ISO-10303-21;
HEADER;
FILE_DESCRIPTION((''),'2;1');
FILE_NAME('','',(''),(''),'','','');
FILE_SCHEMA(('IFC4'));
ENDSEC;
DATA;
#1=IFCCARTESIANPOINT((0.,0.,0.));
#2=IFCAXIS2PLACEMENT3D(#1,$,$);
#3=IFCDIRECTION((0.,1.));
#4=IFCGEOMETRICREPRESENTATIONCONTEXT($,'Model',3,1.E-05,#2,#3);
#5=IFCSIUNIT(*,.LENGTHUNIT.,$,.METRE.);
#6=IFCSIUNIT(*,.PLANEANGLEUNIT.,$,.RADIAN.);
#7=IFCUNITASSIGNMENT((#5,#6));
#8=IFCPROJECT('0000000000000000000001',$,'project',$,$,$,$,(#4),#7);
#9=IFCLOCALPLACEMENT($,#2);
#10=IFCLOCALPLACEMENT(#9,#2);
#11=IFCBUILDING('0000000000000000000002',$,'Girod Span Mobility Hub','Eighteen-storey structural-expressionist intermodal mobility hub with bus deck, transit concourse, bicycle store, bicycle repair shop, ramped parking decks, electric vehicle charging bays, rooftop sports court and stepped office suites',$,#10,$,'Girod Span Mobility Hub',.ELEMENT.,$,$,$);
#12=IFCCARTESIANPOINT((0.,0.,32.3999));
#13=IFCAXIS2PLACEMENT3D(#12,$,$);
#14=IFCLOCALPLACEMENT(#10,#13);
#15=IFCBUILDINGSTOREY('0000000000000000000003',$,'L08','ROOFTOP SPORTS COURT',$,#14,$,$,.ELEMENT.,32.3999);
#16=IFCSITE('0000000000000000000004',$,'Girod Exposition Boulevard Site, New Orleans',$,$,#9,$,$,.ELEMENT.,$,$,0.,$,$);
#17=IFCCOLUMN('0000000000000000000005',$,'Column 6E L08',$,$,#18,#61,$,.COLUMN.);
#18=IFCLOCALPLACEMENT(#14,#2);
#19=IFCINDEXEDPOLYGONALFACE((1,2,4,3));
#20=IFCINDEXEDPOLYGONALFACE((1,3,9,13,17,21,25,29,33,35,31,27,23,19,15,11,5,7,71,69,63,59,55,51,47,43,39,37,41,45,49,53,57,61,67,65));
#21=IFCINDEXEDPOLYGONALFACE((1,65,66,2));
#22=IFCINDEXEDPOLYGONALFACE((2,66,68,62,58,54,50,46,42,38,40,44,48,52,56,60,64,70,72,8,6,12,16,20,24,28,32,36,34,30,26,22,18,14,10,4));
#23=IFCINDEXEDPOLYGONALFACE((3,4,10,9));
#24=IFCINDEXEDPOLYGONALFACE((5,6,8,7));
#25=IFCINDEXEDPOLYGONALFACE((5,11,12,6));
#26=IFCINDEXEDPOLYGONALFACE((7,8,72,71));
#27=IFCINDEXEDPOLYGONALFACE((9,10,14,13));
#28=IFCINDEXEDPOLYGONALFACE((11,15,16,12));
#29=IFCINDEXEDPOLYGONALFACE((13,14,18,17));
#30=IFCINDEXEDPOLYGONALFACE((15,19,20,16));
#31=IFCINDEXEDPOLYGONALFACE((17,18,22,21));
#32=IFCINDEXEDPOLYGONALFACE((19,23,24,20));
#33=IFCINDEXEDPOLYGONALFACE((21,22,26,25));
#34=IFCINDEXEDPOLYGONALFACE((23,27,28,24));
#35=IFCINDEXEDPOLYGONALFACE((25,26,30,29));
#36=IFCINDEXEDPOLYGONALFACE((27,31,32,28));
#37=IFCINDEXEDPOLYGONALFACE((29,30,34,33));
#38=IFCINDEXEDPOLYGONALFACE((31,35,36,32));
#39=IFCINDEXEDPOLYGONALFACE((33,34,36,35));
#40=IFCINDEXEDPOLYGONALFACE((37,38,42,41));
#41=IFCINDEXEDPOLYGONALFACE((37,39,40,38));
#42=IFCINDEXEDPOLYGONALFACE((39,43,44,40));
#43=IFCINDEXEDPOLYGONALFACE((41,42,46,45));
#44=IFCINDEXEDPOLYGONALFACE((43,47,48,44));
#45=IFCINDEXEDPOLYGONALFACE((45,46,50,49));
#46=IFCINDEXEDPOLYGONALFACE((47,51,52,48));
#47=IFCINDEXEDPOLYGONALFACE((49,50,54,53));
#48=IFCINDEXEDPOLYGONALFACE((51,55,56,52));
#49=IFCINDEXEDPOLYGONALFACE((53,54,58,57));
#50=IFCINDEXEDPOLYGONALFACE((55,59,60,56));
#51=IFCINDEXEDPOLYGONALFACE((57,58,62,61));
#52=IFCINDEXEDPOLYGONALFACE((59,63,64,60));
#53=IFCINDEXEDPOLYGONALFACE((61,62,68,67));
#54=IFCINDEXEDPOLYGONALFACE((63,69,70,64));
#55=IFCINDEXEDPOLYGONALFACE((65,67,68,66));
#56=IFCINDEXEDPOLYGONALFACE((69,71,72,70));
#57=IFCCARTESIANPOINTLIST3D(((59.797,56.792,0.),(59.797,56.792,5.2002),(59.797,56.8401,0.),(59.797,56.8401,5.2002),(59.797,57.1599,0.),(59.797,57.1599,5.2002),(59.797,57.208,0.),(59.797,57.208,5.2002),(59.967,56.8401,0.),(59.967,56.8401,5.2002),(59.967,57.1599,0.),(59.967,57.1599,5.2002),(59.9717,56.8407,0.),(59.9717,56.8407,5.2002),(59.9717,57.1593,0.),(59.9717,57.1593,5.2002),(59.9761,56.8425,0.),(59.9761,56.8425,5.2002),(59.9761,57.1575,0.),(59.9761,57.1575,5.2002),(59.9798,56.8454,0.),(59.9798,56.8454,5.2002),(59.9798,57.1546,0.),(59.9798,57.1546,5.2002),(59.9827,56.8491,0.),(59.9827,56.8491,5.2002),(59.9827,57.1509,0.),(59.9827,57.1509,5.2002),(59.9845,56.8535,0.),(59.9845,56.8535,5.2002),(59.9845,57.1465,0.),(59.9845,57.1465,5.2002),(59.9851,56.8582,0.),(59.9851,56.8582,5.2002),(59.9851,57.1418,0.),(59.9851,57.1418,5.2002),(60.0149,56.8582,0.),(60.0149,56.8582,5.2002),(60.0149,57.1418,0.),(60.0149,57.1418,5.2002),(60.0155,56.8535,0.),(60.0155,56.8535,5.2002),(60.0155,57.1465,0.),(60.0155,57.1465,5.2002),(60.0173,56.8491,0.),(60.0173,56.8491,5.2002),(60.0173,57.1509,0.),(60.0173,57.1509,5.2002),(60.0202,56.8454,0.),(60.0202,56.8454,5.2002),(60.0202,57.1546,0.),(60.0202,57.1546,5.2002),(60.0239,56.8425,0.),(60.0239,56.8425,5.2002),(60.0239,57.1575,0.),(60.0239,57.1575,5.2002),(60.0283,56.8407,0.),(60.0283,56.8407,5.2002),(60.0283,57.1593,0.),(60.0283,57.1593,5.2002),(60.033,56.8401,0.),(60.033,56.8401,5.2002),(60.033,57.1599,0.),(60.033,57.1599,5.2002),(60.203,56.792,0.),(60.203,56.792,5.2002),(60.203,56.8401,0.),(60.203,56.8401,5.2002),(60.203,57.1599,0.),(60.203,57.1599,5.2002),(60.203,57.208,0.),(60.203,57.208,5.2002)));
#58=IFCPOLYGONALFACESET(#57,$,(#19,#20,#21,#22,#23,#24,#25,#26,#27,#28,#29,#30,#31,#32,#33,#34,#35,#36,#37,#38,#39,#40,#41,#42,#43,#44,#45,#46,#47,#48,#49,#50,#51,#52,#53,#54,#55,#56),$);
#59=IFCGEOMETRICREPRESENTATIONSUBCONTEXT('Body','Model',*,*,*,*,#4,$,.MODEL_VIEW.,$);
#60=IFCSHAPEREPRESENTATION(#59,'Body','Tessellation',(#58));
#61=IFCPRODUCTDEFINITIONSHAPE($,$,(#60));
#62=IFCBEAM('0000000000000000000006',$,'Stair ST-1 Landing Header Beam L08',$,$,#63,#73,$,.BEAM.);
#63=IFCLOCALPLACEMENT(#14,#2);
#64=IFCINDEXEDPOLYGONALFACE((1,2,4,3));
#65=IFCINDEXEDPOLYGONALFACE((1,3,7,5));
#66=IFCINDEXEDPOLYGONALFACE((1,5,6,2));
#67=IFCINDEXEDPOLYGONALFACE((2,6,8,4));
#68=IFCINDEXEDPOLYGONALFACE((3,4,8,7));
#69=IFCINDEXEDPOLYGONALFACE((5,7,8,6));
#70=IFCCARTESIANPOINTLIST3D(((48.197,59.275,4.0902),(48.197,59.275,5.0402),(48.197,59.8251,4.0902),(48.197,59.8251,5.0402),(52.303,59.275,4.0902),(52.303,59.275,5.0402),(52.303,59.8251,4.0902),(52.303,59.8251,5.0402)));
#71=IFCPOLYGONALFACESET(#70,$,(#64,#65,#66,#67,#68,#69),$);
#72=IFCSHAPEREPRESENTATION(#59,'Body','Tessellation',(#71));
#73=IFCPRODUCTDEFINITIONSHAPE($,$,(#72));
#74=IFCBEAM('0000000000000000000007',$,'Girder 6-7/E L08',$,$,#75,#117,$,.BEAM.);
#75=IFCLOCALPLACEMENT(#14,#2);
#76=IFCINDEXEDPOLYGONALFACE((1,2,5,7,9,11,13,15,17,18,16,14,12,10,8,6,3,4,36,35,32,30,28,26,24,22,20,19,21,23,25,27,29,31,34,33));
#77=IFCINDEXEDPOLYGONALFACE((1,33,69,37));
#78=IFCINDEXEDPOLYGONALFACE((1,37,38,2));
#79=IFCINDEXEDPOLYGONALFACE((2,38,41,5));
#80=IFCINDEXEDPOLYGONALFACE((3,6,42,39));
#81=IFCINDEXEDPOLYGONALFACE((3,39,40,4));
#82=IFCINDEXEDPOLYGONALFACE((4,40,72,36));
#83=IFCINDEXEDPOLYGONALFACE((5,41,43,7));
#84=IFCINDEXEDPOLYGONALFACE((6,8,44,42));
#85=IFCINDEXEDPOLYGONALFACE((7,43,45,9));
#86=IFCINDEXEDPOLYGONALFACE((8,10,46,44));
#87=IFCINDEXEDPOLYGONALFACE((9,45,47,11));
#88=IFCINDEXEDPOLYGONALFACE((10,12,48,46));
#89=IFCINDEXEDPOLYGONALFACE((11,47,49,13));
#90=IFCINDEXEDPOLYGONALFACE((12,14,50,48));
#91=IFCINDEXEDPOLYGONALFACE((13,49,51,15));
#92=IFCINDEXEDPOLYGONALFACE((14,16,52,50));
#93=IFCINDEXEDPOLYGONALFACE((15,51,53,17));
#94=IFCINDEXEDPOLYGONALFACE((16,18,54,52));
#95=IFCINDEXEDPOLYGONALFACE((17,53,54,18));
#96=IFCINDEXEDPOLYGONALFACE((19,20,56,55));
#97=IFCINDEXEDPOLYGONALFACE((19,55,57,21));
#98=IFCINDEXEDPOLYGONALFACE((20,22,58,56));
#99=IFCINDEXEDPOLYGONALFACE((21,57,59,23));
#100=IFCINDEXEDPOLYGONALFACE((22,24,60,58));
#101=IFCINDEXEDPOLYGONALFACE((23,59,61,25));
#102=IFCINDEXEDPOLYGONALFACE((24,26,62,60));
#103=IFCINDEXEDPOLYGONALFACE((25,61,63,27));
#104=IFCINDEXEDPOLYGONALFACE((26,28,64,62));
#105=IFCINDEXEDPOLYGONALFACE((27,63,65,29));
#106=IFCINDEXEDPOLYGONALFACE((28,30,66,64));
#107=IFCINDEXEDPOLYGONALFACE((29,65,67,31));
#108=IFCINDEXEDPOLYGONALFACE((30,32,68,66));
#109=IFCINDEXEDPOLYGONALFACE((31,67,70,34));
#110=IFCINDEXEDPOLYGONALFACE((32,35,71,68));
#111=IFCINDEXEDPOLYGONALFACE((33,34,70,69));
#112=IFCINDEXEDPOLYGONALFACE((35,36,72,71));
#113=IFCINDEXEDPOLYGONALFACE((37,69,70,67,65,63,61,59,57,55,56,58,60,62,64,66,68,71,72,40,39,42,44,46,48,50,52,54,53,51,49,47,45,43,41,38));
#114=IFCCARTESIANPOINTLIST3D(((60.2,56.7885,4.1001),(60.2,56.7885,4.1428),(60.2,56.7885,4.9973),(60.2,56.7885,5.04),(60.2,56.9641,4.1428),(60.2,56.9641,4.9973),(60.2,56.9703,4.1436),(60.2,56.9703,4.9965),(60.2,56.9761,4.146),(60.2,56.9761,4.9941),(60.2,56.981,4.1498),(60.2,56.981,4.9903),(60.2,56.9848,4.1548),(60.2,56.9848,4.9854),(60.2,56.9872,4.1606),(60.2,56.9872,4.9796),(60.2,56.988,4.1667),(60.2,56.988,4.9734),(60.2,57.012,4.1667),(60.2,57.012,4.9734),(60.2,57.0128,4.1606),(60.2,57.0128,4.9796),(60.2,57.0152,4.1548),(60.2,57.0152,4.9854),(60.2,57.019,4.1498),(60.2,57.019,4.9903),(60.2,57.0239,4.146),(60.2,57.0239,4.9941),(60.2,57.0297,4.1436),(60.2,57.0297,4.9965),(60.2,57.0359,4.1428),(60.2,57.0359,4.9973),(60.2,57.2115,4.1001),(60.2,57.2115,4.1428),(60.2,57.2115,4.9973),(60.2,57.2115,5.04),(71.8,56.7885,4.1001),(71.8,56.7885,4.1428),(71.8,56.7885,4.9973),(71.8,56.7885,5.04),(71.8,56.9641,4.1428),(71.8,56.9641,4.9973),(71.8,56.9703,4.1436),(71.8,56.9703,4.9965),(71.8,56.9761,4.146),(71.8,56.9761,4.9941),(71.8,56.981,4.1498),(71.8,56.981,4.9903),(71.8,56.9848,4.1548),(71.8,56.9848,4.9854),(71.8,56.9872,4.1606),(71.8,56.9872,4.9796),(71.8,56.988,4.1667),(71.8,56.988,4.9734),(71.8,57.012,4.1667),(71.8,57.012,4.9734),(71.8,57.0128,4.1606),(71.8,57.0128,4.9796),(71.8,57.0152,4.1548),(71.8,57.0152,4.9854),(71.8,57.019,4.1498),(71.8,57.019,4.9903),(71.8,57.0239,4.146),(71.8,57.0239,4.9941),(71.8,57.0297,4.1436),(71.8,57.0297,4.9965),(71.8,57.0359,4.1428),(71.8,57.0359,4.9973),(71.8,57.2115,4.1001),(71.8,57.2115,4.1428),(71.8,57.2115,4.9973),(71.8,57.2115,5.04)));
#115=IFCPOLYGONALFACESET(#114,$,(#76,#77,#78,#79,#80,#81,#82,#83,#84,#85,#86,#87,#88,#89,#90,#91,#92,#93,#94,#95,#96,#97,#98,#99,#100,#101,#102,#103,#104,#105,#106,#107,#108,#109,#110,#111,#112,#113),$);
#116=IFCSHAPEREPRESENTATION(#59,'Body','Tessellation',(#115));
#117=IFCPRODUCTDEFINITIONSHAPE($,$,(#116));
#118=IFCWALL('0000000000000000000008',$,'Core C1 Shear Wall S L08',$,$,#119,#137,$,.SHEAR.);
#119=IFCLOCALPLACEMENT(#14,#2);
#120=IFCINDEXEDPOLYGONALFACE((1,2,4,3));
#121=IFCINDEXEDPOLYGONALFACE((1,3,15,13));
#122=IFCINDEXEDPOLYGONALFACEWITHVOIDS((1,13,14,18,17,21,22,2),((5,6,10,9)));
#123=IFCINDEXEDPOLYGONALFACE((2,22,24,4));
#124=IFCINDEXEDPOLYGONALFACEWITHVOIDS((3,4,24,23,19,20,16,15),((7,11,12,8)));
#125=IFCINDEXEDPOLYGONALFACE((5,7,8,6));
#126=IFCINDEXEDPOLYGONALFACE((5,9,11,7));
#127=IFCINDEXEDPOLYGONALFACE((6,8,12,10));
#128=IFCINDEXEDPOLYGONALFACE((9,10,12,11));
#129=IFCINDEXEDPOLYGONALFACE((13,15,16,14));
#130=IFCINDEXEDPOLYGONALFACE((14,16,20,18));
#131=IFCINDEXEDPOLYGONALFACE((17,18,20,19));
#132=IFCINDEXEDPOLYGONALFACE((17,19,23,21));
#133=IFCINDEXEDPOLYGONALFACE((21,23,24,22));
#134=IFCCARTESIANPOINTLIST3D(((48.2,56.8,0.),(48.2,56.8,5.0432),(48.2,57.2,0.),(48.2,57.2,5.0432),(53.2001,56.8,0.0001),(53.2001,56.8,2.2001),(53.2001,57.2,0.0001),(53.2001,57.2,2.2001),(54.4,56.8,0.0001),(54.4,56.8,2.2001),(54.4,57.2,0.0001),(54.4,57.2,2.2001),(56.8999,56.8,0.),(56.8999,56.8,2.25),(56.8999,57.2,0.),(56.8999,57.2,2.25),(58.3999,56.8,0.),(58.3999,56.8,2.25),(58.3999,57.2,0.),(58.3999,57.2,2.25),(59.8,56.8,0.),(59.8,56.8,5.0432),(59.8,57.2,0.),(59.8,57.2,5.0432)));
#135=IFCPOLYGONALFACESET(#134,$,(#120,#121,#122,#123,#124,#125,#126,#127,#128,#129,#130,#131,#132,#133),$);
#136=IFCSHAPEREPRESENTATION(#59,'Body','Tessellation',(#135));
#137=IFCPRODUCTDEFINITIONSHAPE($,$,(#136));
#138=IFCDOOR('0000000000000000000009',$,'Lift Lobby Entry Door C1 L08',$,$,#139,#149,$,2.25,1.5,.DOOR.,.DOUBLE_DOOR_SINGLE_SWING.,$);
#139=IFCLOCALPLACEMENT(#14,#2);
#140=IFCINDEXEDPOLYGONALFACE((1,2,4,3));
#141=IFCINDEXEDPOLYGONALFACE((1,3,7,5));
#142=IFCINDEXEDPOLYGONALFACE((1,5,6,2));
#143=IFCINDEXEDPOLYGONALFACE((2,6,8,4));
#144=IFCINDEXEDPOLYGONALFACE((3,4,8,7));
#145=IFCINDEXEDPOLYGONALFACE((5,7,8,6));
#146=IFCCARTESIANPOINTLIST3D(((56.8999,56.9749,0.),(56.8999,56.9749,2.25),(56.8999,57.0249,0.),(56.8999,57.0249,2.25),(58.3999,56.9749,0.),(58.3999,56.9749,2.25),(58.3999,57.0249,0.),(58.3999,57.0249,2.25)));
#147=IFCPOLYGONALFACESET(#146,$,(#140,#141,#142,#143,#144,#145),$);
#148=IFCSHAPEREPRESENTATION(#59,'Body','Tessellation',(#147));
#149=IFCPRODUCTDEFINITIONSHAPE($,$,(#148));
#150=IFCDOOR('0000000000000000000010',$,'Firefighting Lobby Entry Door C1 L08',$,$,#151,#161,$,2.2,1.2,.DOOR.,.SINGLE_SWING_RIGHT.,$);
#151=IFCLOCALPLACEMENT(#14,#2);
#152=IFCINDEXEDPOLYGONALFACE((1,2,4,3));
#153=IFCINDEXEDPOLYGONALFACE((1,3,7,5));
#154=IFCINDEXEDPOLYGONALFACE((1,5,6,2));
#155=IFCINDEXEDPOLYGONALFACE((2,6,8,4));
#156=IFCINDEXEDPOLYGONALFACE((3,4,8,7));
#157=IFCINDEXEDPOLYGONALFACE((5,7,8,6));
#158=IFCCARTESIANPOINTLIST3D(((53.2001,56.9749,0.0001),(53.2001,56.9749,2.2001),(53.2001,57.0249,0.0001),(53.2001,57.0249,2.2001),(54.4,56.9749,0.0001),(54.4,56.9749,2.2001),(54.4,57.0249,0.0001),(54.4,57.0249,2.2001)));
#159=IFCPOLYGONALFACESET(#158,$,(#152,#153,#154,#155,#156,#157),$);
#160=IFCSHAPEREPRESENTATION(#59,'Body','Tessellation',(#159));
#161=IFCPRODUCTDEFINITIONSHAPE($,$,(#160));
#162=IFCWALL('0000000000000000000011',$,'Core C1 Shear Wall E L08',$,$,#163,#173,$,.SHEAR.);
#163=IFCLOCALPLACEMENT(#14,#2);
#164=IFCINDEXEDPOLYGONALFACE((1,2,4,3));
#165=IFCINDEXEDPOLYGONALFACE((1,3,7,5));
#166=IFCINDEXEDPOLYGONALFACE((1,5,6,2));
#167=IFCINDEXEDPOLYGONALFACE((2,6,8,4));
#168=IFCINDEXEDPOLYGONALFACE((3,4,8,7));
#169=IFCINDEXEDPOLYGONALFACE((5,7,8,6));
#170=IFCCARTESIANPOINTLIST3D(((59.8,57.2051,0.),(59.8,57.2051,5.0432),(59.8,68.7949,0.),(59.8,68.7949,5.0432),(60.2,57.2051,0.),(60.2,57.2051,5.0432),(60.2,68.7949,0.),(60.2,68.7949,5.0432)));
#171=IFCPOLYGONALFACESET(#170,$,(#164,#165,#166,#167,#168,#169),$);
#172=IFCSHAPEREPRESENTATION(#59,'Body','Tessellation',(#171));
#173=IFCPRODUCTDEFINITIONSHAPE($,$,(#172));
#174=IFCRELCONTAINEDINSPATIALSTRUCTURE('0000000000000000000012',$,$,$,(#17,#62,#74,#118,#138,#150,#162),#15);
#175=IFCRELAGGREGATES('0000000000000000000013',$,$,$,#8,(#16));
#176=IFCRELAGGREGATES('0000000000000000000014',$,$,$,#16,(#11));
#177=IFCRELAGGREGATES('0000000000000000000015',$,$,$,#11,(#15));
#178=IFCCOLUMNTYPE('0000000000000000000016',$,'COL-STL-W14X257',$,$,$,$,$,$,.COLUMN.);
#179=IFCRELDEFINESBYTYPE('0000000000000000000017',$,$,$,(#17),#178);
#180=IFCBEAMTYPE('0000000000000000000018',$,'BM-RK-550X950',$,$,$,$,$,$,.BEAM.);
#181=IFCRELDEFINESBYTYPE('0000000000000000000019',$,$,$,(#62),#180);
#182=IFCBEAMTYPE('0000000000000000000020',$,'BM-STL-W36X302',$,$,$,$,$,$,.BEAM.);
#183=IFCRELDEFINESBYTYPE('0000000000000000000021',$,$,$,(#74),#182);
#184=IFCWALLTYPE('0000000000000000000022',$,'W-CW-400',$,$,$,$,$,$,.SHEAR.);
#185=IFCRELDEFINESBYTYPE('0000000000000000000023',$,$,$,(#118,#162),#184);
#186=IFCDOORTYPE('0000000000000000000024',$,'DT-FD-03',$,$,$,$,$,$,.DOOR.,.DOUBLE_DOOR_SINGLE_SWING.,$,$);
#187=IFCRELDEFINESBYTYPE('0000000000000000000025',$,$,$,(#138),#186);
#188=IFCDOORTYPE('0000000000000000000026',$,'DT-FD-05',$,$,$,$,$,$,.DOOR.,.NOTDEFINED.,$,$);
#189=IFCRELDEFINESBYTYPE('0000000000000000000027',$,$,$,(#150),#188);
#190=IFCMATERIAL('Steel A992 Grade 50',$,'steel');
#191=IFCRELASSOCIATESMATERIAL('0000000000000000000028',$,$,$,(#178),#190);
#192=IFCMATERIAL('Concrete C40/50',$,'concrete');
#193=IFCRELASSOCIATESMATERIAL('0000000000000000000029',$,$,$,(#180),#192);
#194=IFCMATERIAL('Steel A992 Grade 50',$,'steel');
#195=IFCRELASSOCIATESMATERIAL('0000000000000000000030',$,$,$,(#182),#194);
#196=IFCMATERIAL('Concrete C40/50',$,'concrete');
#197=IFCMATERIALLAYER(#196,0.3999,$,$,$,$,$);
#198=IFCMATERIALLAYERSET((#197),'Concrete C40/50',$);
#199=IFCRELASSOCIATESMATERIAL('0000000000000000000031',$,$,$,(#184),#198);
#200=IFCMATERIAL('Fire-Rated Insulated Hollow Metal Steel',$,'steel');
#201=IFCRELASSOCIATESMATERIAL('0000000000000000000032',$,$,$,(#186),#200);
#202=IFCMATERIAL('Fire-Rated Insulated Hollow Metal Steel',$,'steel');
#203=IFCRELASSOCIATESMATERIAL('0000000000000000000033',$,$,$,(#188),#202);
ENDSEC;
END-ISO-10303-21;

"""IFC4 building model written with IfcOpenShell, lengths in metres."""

from ifc_helpers import new_model, si_unit, direction, frame, frame_2d, origin, origin_2d, place, context, subcontext, project, spatial, rectangle, i_section, extrude, material, layer, layer_set, material_profile, profile_set, type_object, element, fill, save


model = new_model("IFC4")

# Units and contexts
model_context = context("Model", 3, precision=1e-05, world=origin(), true_north=direction((0.0, 1.0)))
body_context = subcontext(model_context, "Body", "Model", "MODEL_VIEW")
ifc_project = project(units=[si_unit("LENGTHUNIT", "METRE"), si_unit("PLANEANGLEUNIT", "RADIAN")], contexts=[model_context])

# Site, building, storey
site_placement = place(None, origin())
site = spatial("IfcSite", under=ifc_project, at=site_placement, Name="Girod Exposition Boulevard Site, New Orleans", CompositionType="ELEMENT", RefElevation=0.0)
building_placement = place(site_placement, origin())
building = spatial("IfcBuilding", under=site, at=building_placement, Name="Girod Span Mobility Hub", Description="Eighteen-storey structural-expressionist intermodal mobility hub with bus deck, transit concourse, bicycle store, bicycle repair shop, ramped parking decks, electric vehicle charging bays, rooftop sports court and stepped office suites", LongName="Girod Span Mobility Hub", CompositionType="ELEMENT")
storey_placement = place(building_placement, frame((0.0, 0.0, 32.3999)))
storey = spatial("IfcBuildingStorey", under=building, at=storey_placement, Name="L08", Description="ROOFTOP SPORTS COURT", CompositionType="ELEMENT", Elevation=32.3999)

# Column
ifc_material_1 = material(Name="Steel A992 Grade 50", Category="steel")
ifc_material_profile_1 = material_profile(ifc_material_1, i_section(OverallWidth=0.406, OverallDepth=0.416, WebThickness=0.0298, FlangeThickness=0.0481, FilletRadius=0.0181, at=origin_2d()), Name="W14X257")
ifc_profile_set_1 = profile_set([ifc_material_profile_1], Name="Steel A992 Grade 50")
column_type = type_object("IfcColumnType", Name="COL-STL-W14X257", PredefinedType="COLUMN", material=ifc_profile_set_1)
column_placement = place(storey_placement, frame((60.0, 57.0, 0.0), z_axis=(0.0, 0.0, 1.0), x_axis=(1.0, 0.0, 0.0)))
element("IfcColumn", 1, at=column_placement, inside=storey, type_object=column_type, Name="Column 6E L08", PredefinedType="COLUMN", context=body_context, shape_type="SweptSolid", body=[
    extrude(i_section(OverallWidth=0.406, OverallDepth=0.416, WebThickness=0.0298, FlangeThickness=0.0481, FilletRadius=0.0181, at=origin_2d()), origin(), (0.0, 0.0, 1.0), 5.2002),
])

# Beams
ifc_material_2 = material(Name="Concrete C40/50", Category="concrete")
ifc_material_profile_2 = material_profile(ifc_material_2, rectangle(XDim=0.55, YDim=0.95, at=origin_2d()), Name="RK-550X950")
ifc_profile_set_2 = profile_set([ifc_material_profile_2], Name="Concrete C40/50")
beam_type_1 = type_object("IfcBeamType", Name="BM-RK-550X950", PredefinedType="BEAM", material=ifc_profile_set_2)
beam_1_placement = place(storey_placement, frame((48.197, 59.55, 4.5652), z_axis=(1.0, 0.0, 0.0), x_axis=(0.0, 1.0, 0.0)))
element("IfcBeam", 2, at=beam_1_placement, inside=storey, type_object=beam_type_1, Name="Stair ST-1 Landing Header Beam L08", PredefinedType="BEAM", context=body_context, shape_type="SweptSolid", body=[
    extrude(rectangle(XDim=0.55, YDim=0.95, at=origin_2d()), origin(), (0.0, 0.0, 1.0), 4.106),
])
ifc_material_3 = material(Name="Steel A992 Grade 50", Category="steel")
ifc_material_profile_3 = material_profile(ifc_material_3, i_section(OverallWidth=0.4231, OverallDepth=0.9399, WebThickness=0.0239, FlangeThickness=0.0427, FilletRadius=0.0239, at=origin_2d()), Name="W36X302")
ifc_profile_set_3 = profile_set([ifc_material_profile_3], Name="Steel A992 Grade 50")
beam_type_2 = type_object("IfcBeamType", Name="BM-STL-W36X302", PredefinedType="BEAM", material=ifc_profile_set_3)
beam_2_placement = place(storey_placement, frame((60.2, 57.0, 4.5701), z_axis=(1.0, 0.0, 0.0), x_axis=(0.0, 1.0, 0.0)))
element("IfcBeam", 3, at=beam_2_placement, inside=storey, type_object=beam_type_2, Name="Girder 6-7/E L08", PredefinedType="BEAM", context=body_context, shape_type="SweptSolid", body=[
    extrude(i_section(OverallWidth=0.4231, OverallDepth=0.9399, WebThickness=0.0239, FlangeThickness=0.0427, FilletRadius=0.0239, at=origin_2d()), origin(), (0.0, 0.0, 1.0), 11.6001),
])

# Wall, openings, doors
ifc_material_4 = material(Name="Concrete C40/50", Category="concrete")
ifc_layer_1 = layer(ifc_material_4, 0.3999)
ifc_layer_set_1 = layer_set([ifc_layer_1], Name="Concrete C40/50")
wall_type_1 = type_object("IfcWallType", Name="W-CW-400", PredefinedType="SHEAR", material=ifc_layer_set_1)
wall_1_placement = place(storey_placement, frame((48.2, 57.0, 0.0), z_axis=(0.0, 0.0, 1.0), x_axis=(1.0, 0.0, 0.0)))
wall_1 = element("IfcWall", 4, at=wall_1_placement, inside=storey, type_object=wall_type_1, Name="Core C1 Shear Wall S L08", PredefinedType="SHEAR", context=body_context, shape_type="SweptSolid", body=[
    extrude(rectangle(XDim=11.6001, YDim=0.3999, at=frame_2d((5.8, 0.0))), origin(), (0.0, 0.0, 1.0), 5.0432),
])
opening_1_placement = place(wall_1_placement, frame((5.0, 0.0, 0.0)))
opening_1 = element("IfcOpeningElement", 5, at=opening_1_placement, cuts=wall_1, PredefinedType="OPENING", context=body_context, shape_type="SweptSolid", body=[
    extrude(rectangle(XDim=1.2, YDim=2.2, at=frame_2d((0.6001, 1.1001))), frame((0.0, 0.2148, 0.0), z_axis=(0.0, -1.0, 0.0), x_axis=(1.0, 0.0, 0.0)), (0.0, 0.0, 1.0), 0.4299),
])
opening_2_placement = place(wall_1_placement, frame((8.7, 0.0, 0.0)))
opening_2 = element("IfcOpeningElement", 6, at=opening_2_placement, cuts=wall_1, PredefinedType="OPENING", context=body_context, shape_type="SweptSolid", body=[
    extrude(rectangle(XDim=1.5, YDim=2.25, at=frame_2d((0.75, 1.125))), frame((0.0, 0.2148, 0.0), z_axis=(0.0, -1.0, 0.0), x_axis=(1.0, 0.0, 0.0)), (0.0, 0.0, 1.0), 0.4299),
])
ifc_material_5 = material(Name="Fire-Rated Insulated Hollow Metal Steel", Category="steel")
door_type_1 = type_object("IfcDoorType", Name="DT-FD-03", OperationType="DOUBLE_DOOR_SINGLE_SWING", PredefinedType="DOOR", material=ifc_material_5)
door_1_placement = place(opening_2_placement, origin())
door_1 = element("IfcDoor", 7, at=door_1_placement, inside=storey, type_object=door_type_1, Name="Lift Lobby Entry Door C1 L08", OperationType="DOUBLE_DOOR_SINGLE_SWING", OverallHeight=2.25, OverallWidth=1.5, PredefinedType="DOOR", context=body_context, shape_type="SweptSolid", body=[
    extrude(rectangle(XDim=1.5, YDim=2.25, at=frame_2d((0.75, 1.125))), frame((0.0, 0.0249, 0.0), z_axis=(0.0, -1.0, 0.0), x_axis=(1.0, 0.0, 0.0)), (0.0, 0.0, 1.0), 0.05),
])
fill(opening_2, door_1)
ifc_material_6 = material(Name="Fire-Rated Insulated Hollow Metal Steel", Category="steel")
door_type_2 = type_object("IfcDoorType", Name="DT-FD-05", OperationType="NOTDEFINED", PredefinedType="DOOR", material=ifc_material_6)
door_2_placement = place(opening_1_placement, origin())
door_2 = element("IfcDoor", 8, at=door_2_placement, inside=storey, type_object=door_type_2, Name="Firefighting Lobby Entry Door C1 L08", OperationType="SINGLE_SWING_RIGHT", OverallHeight=2.2, OverallWidth=1.2, PredefinedType="DOOR", context=body_context, shape_type="SweptSolid", body=[
    extrude(rectangle(XDim=1.2, YDim=2.2, at=frame_2d((0.6001, 1.1001))), frame((0.0, 0.0249, 0.0), z_axis=(0.0, -1.0, 0.0), x_axis=(1.0, 0.0, 0.0)), (0.0, 0.0, 1.0), 0.05),
])
fill(opening_1, door_2)

# Wall
wall_2_placement = place(storey_placement, frame((60.0, 57.2051, 0.0), z_axis=(0.0, 0.0, 1.0), x_axis=(0.0, 1.0, 0.0)))
element("IfcWall", 9, at=wall_2_placement, inside=storey, type_object=wall_type_1, Name="Core C1 Shear Wall E L08", PredefinedType="SHEAR", context=body_context, shape_type="SweptSolid", body=[
    extrude(rectangle(XDim=11.5898, YDim=0.3999, at=frame_2d((5.7949, 0.0))), origin(), (0.0, 0.0, 1.0), 5.0432),
])

save(model, "model.ifc")
